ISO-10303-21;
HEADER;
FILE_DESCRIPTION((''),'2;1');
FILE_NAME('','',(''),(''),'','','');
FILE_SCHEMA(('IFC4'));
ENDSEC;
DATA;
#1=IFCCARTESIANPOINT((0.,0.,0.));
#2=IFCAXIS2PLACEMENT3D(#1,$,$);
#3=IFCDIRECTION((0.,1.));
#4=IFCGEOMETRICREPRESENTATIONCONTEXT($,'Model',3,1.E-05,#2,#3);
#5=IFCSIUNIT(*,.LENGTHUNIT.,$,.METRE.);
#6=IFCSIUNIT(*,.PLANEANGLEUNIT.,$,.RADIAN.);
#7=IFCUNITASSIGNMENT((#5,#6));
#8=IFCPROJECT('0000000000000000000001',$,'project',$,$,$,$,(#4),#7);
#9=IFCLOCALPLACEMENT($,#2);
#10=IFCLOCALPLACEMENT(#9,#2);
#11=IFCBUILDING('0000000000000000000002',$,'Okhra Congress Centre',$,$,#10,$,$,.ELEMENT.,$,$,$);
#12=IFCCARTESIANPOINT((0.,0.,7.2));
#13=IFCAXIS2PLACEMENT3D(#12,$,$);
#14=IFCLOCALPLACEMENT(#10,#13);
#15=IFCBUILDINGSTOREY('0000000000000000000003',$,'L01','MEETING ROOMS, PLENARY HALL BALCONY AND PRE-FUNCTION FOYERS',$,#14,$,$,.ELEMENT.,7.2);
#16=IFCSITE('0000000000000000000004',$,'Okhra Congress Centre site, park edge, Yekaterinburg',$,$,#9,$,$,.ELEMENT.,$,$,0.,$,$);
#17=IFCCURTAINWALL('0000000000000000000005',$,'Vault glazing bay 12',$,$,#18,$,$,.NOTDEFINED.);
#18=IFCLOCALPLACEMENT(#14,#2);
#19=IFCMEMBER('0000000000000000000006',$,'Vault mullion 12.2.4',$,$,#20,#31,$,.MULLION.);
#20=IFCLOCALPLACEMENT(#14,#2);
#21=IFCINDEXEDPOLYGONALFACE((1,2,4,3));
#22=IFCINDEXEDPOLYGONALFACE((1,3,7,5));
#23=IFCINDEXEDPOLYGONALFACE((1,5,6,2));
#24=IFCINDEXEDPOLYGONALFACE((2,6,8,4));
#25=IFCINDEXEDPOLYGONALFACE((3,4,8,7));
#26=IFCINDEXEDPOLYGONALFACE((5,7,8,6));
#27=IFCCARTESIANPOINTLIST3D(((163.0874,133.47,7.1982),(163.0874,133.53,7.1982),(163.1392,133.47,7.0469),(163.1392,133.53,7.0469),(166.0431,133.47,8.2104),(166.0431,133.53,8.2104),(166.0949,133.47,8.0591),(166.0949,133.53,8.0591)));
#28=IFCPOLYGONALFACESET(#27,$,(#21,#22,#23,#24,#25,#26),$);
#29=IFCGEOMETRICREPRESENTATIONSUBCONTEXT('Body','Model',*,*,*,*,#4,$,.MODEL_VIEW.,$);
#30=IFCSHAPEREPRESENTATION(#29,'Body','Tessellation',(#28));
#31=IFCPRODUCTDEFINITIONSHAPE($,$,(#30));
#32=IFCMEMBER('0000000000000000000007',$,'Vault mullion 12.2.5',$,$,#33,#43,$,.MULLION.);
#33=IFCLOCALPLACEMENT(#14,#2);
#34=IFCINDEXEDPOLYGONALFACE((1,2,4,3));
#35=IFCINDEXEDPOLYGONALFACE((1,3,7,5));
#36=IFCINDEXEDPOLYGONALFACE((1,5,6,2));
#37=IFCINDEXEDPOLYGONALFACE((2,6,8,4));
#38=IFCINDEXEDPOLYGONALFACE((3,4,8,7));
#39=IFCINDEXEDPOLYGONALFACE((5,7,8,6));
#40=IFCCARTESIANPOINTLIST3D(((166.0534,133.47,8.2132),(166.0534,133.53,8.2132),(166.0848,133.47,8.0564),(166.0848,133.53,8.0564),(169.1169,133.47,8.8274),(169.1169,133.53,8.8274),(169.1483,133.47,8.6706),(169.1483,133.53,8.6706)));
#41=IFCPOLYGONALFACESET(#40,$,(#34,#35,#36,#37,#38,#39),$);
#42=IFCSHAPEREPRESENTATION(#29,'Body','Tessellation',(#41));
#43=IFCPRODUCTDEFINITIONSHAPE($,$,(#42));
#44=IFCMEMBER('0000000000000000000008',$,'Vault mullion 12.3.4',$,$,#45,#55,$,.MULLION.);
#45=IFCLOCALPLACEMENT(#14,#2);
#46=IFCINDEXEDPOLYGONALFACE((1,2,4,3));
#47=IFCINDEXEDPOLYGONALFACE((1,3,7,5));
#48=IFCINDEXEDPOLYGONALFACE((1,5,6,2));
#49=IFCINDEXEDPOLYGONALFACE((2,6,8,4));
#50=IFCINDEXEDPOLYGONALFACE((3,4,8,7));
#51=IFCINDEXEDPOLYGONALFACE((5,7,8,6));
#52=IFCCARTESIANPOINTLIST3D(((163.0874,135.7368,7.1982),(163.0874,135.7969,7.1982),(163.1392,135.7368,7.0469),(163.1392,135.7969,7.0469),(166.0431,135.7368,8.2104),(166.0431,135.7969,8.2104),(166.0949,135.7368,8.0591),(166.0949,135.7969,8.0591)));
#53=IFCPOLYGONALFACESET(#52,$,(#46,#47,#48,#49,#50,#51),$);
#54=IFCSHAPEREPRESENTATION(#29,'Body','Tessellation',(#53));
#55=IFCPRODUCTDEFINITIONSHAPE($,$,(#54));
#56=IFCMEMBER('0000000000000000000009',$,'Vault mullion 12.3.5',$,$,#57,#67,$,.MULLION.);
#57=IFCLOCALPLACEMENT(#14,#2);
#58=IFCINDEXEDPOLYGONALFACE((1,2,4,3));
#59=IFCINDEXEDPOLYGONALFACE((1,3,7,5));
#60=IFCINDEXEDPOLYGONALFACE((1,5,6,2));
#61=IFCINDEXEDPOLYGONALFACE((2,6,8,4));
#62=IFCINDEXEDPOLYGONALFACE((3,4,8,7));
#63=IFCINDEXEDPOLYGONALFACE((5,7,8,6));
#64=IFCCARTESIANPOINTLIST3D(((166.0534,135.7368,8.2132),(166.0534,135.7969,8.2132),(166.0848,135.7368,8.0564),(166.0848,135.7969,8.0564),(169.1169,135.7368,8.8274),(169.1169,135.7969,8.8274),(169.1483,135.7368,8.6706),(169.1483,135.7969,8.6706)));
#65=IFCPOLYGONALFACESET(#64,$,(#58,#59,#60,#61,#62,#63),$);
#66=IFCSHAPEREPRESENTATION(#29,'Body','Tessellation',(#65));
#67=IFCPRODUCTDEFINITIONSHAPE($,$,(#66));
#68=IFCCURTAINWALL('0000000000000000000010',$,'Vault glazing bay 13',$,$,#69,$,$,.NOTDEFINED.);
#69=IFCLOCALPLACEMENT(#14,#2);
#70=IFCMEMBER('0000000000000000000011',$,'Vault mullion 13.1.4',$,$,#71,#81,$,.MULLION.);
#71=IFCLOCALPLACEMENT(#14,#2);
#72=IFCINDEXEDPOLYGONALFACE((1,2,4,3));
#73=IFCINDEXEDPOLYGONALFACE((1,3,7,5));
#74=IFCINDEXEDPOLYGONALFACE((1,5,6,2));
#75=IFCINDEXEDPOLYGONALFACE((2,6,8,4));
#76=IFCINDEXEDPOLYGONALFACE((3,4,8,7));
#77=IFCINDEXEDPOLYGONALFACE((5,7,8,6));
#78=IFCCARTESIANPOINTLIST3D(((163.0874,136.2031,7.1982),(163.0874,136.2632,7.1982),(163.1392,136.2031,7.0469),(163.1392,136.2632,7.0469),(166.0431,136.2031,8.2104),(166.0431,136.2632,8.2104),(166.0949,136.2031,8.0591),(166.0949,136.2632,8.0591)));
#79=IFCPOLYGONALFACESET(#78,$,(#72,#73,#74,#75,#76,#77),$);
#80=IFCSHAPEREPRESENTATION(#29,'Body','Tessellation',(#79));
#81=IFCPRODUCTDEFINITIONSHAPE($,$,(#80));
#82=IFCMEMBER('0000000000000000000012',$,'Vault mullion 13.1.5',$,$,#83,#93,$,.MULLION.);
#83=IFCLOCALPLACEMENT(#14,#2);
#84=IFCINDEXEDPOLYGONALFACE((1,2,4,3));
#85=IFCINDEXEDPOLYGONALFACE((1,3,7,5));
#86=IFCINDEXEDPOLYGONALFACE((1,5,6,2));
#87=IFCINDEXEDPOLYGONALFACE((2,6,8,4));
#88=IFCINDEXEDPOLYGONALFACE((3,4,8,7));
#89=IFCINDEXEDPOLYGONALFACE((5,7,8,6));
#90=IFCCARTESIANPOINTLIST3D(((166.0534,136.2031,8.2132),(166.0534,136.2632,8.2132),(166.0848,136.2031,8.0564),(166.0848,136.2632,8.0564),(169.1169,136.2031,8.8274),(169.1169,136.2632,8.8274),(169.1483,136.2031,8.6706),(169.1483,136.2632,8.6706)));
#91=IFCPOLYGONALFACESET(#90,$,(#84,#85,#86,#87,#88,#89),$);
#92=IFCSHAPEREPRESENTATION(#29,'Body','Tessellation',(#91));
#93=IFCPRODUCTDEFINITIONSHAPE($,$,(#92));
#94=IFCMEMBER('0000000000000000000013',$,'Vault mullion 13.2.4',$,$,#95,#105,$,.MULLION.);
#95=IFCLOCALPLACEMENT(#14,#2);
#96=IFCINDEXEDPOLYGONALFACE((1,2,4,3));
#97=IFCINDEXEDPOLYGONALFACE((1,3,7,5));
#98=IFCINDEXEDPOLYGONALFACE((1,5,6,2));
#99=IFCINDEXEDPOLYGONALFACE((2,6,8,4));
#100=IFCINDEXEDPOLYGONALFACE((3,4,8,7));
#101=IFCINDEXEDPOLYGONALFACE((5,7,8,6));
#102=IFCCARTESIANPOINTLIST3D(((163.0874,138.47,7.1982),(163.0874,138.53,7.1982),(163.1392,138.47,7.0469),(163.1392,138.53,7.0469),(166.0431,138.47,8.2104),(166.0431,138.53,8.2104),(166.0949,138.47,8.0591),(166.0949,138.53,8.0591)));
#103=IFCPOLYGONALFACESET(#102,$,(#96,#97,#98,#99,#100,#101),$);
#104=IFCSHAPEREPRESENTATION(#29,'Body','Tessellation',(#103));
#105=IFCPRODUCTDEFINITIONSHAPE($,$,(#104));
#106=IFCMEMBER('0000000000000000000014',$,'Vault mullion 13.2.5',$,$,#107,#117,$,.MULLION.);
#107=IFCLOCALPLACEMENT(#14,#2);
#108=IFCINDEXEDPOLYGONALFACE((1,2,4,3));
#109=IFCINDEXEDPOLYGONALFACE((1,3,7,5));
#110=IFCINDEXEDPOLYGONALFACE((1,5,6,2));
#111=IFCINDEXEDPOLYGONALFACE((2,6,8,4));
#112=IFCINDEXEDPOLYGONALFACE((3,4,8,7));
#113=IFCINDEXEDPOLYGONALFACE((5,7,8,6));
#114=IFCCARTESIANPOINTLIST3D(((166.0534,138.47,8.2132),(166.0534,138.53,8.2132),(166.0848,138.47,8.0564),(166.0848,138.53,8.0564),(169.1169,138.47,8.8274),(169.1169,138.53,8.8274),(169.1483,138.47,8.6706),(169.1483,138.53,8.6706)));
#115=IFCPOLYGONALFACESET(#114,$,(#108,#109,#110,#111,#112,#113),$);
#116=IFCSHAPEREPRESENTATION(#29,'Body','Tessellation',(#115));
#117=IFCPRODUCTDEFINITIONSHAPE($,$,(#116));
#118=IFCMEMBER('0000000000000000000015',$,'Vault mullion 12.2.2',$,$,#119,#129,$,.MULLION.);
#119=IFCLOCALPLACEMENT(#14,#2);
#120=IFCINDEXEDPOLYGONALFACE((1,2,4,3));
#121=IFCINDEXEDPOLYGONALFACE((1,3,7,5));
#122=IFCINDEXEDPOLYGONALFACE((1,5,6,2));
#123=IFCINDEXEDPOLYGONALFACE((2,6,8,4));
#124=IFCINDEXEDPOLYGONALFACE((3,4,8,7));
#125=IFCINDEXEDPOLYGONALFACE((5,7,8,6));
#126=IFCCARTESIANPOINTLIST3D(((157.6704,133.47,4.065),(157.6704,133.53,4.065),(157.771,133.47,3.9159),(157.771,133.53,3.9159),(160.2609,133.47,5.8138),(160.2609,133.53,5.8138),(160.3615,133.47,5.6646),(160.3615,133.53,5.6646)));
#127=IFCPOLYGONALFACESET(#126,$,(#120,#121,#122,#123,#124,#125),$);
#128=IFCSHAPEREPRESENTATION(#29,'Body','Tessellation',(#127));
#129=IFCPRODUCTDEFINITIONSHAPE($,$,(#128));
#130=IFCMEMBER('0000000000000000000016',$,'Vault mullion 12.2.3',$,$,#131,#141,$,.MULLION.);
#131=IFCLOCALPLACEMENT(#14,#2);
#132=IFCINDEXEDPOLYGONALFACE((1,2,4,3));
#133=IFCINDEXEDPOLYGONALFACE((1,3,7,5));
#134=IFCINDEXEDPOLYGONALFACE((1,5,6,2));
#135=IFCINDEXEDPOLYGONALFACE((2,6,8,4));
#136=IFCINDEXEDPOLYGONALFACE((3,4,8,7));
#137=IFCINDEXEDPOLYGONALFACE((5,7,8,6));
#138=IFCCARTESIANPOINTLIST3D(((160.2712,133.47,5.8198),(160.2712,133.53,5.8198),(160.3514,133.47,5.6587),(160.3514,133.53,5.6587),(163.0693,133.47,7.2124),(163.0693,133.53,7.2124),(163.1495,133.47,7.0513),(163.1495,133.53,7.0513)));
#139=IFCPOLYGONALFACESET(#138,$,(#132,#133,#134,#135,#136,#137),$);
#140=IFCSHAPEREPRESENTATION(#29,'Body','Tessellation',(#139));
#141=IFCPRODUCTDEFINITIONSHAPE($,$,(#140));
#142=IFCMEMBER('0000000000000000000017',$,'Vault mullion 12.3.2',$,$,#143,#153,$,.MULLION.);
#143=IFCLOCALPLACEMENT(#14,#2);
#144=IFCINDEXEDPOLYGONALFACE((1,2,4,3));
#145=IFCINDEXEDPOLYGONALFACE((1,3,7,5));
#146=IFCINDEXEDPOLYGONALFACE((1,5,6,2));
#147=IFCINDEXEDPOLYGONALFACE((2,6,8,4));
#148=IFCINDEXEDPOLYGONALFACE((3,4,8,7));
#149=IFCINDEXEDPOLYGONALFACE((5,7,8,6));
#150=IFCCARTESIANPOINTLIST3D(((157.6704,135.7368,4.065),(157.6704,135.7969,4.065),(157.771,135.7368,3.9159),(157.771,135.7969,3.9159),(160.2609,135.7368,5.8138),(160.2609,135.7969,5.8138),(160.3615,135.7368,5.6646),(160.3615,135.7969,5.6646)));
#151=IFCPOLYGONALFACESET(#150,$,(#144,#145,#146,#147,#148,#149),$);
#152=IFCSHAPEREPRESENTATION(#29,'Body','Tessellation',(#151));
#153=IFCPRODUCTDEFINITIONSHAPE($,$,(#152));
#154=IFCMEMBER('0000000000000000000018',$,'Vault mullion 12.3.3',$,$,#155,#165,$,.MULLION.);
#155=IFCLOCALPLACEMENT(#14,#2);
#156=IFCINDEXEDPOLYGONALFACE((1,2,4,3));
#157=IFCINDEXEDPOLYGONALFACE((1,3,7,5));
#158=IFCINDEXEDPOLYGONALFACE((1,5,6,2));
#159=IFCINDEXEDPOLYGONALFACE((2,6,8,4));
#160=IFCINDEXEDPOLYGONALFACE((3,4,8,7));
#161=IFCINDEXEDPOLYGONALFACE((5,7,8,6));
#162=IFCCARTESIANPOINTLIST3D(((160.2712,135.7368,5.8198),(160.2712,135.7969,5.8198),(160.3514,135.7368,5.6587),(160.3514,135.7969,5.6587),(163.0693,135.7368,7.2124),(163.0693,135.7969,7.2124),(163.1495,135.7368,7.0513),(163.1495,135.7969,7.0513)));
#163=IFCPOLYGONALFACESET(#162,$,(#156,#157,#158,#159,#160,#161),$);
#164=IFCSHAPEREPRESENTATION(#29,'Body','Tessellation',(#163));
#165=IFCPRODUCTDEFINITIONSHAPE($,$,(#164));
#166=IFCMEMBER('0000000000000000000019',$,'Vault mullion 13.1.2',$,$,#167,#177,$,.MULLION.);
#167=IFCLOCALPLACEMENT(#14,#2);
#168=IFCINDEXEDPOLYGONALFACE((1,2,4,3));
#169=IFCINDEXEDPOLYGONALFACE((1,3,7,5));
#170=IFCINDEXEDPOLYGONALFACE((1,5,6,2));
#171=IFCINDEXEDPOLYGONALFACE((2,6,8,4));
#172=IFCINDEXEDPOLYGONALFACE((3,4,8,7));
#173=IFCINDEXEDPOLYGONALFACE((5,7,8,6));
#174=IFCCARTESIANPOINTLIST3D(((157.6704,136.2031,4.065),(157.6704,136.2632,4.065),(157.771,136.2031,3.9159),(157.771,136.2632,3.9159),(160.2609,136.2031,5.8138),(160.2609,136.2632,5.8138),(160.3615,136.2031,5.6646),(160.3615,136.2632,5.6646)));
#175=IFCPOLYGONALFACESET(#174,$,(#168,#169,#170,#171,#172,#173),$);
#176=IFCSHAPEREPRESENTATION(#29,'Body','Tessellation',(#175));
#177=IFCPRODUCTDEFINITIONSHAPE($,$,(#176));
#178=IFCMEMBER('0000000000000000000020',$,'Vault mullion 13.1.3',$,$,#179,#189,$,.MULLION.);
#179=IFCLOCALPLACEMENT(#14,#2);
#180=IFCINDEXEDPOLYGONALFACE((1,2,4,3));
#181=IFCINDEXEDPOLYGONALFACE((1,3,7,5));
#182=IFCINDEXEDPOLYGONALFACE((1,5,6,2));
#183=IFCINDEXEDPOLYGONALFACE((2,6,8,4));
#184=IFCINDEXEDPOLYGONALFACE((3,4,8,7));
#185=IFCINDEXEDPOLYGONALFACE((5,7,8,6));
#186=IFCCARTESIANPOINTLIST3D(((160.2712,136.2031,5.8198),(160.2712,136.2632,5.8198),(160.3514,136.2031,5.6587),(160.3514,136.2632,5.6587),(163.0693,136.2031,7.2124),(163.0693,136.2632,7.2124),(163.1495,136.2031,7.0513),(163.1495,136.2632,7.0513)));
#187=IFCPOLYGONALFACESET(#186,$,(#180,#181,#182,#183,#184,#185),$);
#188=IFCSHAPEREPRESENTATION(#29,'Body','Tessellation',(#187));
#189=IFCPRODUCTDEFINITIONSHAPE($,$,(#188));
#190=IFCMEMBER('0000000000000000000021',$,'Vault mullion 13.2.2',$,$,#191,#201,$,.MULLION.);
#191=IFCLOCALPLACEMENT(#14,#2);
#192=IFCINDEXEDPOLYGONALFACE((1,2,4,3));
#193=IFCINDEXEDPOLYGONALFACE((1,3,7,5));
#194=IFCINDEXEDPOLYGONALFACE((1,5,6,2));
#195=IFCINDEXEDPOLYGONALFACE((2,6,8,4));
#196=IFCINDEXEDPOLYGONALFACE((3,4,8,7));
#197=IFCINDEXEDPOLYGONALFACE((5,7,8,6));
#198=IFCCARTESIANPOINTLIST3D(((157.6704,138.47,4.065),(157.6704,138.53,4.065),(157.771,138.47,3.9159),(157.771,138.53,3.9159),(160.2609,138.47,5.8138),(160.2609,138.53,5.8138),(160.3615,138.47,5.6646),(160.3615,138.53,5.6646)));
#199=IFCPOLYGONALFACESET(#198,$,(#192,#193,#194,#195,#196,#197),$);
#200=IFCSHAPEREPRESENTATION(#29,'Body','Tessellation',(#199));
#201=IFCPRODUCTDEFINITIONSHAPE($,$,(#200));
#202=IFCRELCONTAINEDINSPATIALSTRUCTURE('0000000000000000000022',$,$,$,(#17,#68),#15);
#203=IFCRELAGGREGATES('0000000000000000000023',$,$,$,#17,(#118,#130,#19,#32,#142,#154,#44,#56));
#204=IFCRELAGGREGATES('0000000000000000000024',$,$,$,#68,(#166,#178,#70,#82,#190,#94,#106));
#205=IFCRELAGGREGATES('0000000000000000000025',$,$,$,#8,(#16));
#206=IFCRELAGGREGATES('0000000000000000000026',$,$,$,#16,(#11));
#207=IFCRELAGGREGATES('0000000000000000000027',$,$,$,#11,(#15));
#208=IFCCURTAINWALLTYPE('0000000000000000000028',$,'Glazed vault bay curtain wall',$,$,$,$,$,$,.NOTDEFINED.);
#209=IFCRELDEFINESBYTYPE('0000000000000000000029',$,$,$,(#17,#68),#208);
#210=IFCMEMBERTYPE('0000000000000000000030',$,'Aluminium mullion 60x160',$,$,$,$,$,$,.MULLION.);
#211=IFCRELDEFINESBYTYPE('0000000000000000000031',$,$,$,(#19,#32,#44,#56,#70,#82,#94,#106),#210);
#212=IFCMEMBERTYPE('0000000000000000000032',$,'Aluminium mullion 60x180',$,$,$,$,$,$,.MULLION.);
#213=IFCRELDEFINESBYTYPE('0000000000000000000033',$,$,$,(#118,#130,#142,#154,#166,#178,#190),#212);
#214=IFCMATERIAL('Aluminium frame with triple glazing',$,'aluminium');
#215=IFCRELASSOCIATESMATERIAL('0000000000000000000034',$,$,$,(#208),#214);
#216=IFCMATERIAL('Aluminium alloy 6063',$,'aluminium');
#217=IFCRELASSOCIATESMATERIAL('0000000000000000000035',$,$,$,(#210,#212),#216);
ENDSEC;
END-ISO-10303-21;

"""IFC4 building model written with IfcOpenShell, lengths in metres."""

from ifc_helpers import new_model, si_unit, direction, frame, origin, origin_2d, place, context, subcontext, project, spatial, rectangle, extrude, material, material_profile, profile_set, type_object, element, aggregate, save


model = new_model("IFC4")

# Units and contexts
model_context = context("Model", 3, precision=1e-05, world=origin(), true_north=direction((0.0, 1.0)))
body_context = subcontext(model_context, "Body", "Model", "MODEL_VIEW")
ifc_project = project(units=[si_unit("LENGTHUNIT", "METRE"), si_unit("PLANEANGLEUNIT", "RADIAN")], contexts=[model_context])

# Site, building, storey
site_placement = place(None, origin())
site = spatial("IfcSite", under=ifc_project, at=site_placement, Name="Okhra Congress Centre site, park edge, Yekaterinburg", CompositionType="ELEMENT", RefElevation=0.0)
building_placement = place(site_placement, origin())
building = spatial("IfcBuilding", under=site, at=building_placement, Name="Okhra Congress Centre", CompositionType="ELEMENT")
storey_placement = place(building_placement, frame((0.0, 0.0, 7.2)))
storey = spatial("IfcBuildingStorey", under=building, at=storey_placement, Name="L01", Description="MEETING ROOMS, PLENARY HALL BALCONY AND PRE-FUNCTION FOYERS", CompositionType="ELEMENT", Elevation=7.2)

# Curtain walls, members
ifc_material_1 = material(Name="Aluminium frame with triple glazing", Category="aluminium")
curtain_wall_type = type_object("IfcCurtainWallType", Name="Glazed vault bay curtain wall", PredefinedType="NOTDEFINED", material=ifc_material_1)
curtain_wall_1_placement = place(storey_placement, origin())
curtain_wall_1 = element("IfcCurtainWall", 1, at=curtain_wall_1_placement, inside=storey, type_object=curtain_wall_type, Name="Vault glazing bay 12", PredefinedType="NOTDEFINED")
ifc_material_2 = material(Name="Aluminium alloy 6063", Category="aluminium")
ifc_material_profile_1 = material_profile(ifc_material_2, rectangle(XDim=0.0601, YDim=0.1599, at=origin_2d()), Name="AL 60x160")
ifc_profile_set_1 = profile_set([ifc_material_profile_1], Name="Aluminium alloy 6063")
member_type_1 = type_object("IfcMemberType", Name="Aluminium mullion 60x160", PredefinedType="MULLION", material=ifc_profile_set_1)
member_1_placement = place(storey_placement, frame((163.1133, 133.5, 7.1226), z_axis=(0.946065, 0.0, 0.323977), x_axis=(0.0, 1.0, 0.0)))
member_1 = element("IfcMember", 2, at=member_1_placement, type_object=member_type_1, Name="Vault mullion 12.2.4", PredefinedType="MULLION", context=body_context, shape_type="SweptSolid", body=[
    extrude(rectangle(XDim=0.0601, YDim=0.1599, at=origin_2d()), origin(), (0.0, 0.0, 1.0), 3.1243),
])
member_2_placement = place(storey_placement, frame((166.0691, 133.5, 8.1348), z_axis=(0.980484, 0.0, 0.196597), x_axis=(0.0, 1.0, 0.0)))
member_2 = element("IfcMember", 3, at=member_2_placement, type_object=member_type_1, Name="Vault mullion 12.2.5", PredefinedType="MULLION", context=body_context, shape_type="SweptSolid", body=[
    extrude(rectangle(XDim=0.0601, YDim=0.1599, at=origin_2d()), origin(), (0.0, 0.0, 1.0), 3.1245),
])
member_3_placement = place(storey_placement, frame((163.1133, 135.7668, 7.1226), z_axis=(0.946065, 0.0, 0.323977), x_axis=(0.0, 1.0, 0.0)))
member_3 = element("IfcMember", 4, at=member_3_placement, type_object=member_type_1, Name="Vault mullion 12.3.4", PredefinedType="MULLION", context=body_context, shape_type="SweptSolid", body=[
    extrude(rectangle(XDim=0.0601, YDim=0.1599, at=origin_2d()), origin(), (0.0, 0.0, 1.0), 3.1243),
])
member_4_placement = place(storey_placement, frame((166.0691, 135.7668, 8.1348), z_axis=(0.980484, 0.0, 0.196597), x_axis=(0.0, 1.0, 0.0)))
member_4 = element("IfcMember", 5, at=member_4_placement, type_object=member_type_1, Name="Vault mullion 12.3.5", PredefinedType="MULLION", context=body_context, shape_type="SweptSolid", body=[
    extrude(rectangle(XDim=0.0601, YDim=0.1599, at=origin_2d()), origin(), (0.0, 0.0, 1.0), 3.1245),
])
curtain_wall_2_placement = place(storey_placement, origin())
curtain_wall_2 = element("IfcCurtainWall", 6, at=curtain_wall_2_placement, inside=storey, type_object=curtain_wall_type, Name="Vault glazing bay 13", PredefinedType="NOTDEFINED")
member_5_placement = place(storey_placement, frame((163.1133, 136.2332, 7.1226), z_axis=(0.946065, 0.0, 0.323977), x_axis=(0.0, 1.0, 0.0)))
member_5 = element("IfcMember", 7, at=member_5_placement, type_object=member_type_1, Name="Vault mullion 13.1.4", PredefinedType="MULLION", context=body_context, shape_type="SweptSolid", body=[
    extrude(rectangle(XDim=0.0601, YDim=0.1599, at=origin_2d()), origin(), (0.0, 0.0, 1.0), 3.1243),
])
member_6_placement = place(storey_placement, frame((166.0691, 136.2332, 8.1348), z_axis=(0.980484, 0.0, 0.196597), x_axis=(0.0, 1.0, 0.0)))
member_6 = element("IfcMember", 8, at=member_6_placement, type_object=member_type_1, Name="Vault mullion 13.1.5", PredefinedType="MULLION", context=body_context, shape_type="SweptSolid", body=[
    extrude(rectangle(XDim=0.0601, YDim=0.1599, at=origin_2d()), origin(), (0.0, 0.0, 1.0), 3.1245),
])
member_7_placement = place(storey_placement, frame((163.1133, 138.5, 7.1226), z_axis=(0.946065, 0.0, 0.323977), x_axis=(0.0, 1.0, 0.0)))
member_7 = element("IfcMember", 9, at=member_7_placement, type_object=member_type_1, Name="Vault mullion 13.2.4", PredefinedType="MULLION", context=body_context, shape_type="SweptSolid", body=[
    extrude(rectangle(XDim=0.0601, YDim=0.1599, at=origin_2d()), origin(), (0.0, 0.0, 1.0), 3.1243),
])
member_8_placement = place(storey_placement, frame((166.0691, 138.5, 8.1348), z_axis=(0.980484, 0.0, 0.196597), x_axis=(0.0, 1.0, 0.0)))
member_8 = element("IfcMember", 10, at=member_8_placement, type_object=member_type_1, Name="Vault mullion 13.2.5", PredefinedType="MULLION", context=body_context, shape_type="SweptSolid", body=[
    extrude(rectangle(XDim=0.0601, YDim=0.1599, at=origin_2d()), origin(), (0.0, 0.0, 1.0), 3.1245),
])

# Members
ifc_material_profile_2 = material_profile(ifc_material_2, rectangle(XDim=0.0601, YDim=0.1799, at=origin_2d()), Name="AL 60x180")
ifc_profile_set_2 = profile_set([ifc_material_profile_2], Name="Aluminium alloy 6063")
member_type_2 = type_object("IfcMemberType", Name="Aluminium mullion 60x180", PredefinedType="MULLION", material=ifc_profile_set_2)
member_9_placement = place(storey_placement, frame((157.7207, 133.5, 3.9905), z_axis=(0.828828, 0.0, 0.559504), x_axis=(0.0, 1.0, 0.0)))
member_9 = element("IfcMember", 11, at=member_9_placement, type_object=member_type_2, Name="Vault mullion 12.2.2", PredefinedType="MULLION", context=body_context, shape_type="SweptSolid", body=[
    extrude(rectangle(XDim=0.0601, YDim=0.1799, at=origin_2d()), origin(), (0.0, 0.0, 1.0), 3.1255),
])
member_10_placement = place(storey_placement, frame((160.3113, 133.5, 5.7393), z_axis=(0.895254, 0.0, 0.445557), x_axis=(0.0, 1.0, 0.0)))
member_10 = element("IfcMember", 12, at=member_10_placement, type_object=member_type_2, Name="Vault mullion 12.2.3", PredefinedType="MULLION", context=body_context, shape_type="SweptSolid", body=[
    extrude(rectangle(XDim=0.0601, YDim=0.1799, at=origin_2d()), origin(), (0.0, 0.0, 1.0), 3.1255),
])
member_11_placement = place(storey_placement, frame((157.7207, 135.7668, 3.9905), z_axis=(0.828828, 0.0, 0.559504), x_axis=(0.0, 1.0, 0.0)))
member_11 = element("IfcMember", 13, at=member_11_placement, type_object=member_type_2, Name="Vault mullion 12.3.2", PredefinedType="MULLION", context=body_context, shape_type="SweptSolid", body=[
    extrude(rectangle(XDim=0.0601, YDim=0.1799, at=origin_2d()), origin(), (0.0, 0.0, 1.0), 3.1255),
])
member_12_placement = place(storey_placement, frame((160.3113, 135.7668, 5.7393), z_axis=(0.895254, 0.0, 0.445557), x_axis=(0.0, 1.0, 0.0)))
member_12 = element("IfcMember", 14, at=member_12_placement, type_object=member_type_2, Name="Vault mullion 12.3.3", PredefinedType="MULLION", context=body_context, shape_type="SweptSolid", body=[
    extrude(rectangle(XDim=0.0601, YDim=0.1799, at=origin_2d()), origin(), (0.0, 0.0, 1.0), 3.1255),
])
member_13_placement = place(storey_placement, frame((157.7207, 136.2332, 3.9905), z_axis=(0.828828, 0.0, 0.559504), x_axis=(0.0, 1.0, 0.0)))
member_13 = element("IfcMember", 15, at=member_13_placement, type_object=member_type_2, Name="Vault mullion 13.1.2", PredefinedType="MULLION", context=body_context, shape_type="SweptSolid", body=[
    extrude(rectangle(XDim=0.0601, YDim=0.1799, at=origin_2d()), origin(), (0.0, 0.0, 1.0), 3.1255),
])
member_14_placement = place(storey_placement, frame((160.3113, 136.2332, 5.7393), z_axis=(0.895254, 0.0, 0.445557), x_axis=(0.0, 1.0, 0.0)))
member_14 = element("IfcMember", 16, at=member_14_placement, type_object=member_type_2, Name="Vault mullion 13.1.3", PredefinedType="MULLION", context=body_context, shape_type="SweptSolid", body=[
    extrude(rectangle(XDim=0.0601, YDim=0.1799, at=origin_2d()), origin(), (0.0, 0.0, 1.0), 3.1255),
])
member_15_placement = place(storey_placement, frame((157.7207, 138.5, 3.9905), z_axis=(0.828828, 0.0, 0.559504), x_axis=(0.0, 1.0, 0.0)))
member_15 = element("IfcMember", 17, at=member_15_placement, type_object=member_type_2, Name="Vault mullion 13.2.2", PredefinedType="MULLION", context=body_context, shape_type="SweptSolid", body=[
    extrude(rectangle(XDim=0.0601, YDim=0.1799, at=origin_2d()), origin(), (0.0, 0.0, 1.0), 3.1255),
])

aggregate(curtain_wall_1, [member_9, member_10, member_1, member_2, member_11, member_12, member_3, member_4])
aggregate(curtain_wall_2, [member_13, member_14, member_5, member_6, member_15, member_7, member_8])

save(model, "model.ifc")
